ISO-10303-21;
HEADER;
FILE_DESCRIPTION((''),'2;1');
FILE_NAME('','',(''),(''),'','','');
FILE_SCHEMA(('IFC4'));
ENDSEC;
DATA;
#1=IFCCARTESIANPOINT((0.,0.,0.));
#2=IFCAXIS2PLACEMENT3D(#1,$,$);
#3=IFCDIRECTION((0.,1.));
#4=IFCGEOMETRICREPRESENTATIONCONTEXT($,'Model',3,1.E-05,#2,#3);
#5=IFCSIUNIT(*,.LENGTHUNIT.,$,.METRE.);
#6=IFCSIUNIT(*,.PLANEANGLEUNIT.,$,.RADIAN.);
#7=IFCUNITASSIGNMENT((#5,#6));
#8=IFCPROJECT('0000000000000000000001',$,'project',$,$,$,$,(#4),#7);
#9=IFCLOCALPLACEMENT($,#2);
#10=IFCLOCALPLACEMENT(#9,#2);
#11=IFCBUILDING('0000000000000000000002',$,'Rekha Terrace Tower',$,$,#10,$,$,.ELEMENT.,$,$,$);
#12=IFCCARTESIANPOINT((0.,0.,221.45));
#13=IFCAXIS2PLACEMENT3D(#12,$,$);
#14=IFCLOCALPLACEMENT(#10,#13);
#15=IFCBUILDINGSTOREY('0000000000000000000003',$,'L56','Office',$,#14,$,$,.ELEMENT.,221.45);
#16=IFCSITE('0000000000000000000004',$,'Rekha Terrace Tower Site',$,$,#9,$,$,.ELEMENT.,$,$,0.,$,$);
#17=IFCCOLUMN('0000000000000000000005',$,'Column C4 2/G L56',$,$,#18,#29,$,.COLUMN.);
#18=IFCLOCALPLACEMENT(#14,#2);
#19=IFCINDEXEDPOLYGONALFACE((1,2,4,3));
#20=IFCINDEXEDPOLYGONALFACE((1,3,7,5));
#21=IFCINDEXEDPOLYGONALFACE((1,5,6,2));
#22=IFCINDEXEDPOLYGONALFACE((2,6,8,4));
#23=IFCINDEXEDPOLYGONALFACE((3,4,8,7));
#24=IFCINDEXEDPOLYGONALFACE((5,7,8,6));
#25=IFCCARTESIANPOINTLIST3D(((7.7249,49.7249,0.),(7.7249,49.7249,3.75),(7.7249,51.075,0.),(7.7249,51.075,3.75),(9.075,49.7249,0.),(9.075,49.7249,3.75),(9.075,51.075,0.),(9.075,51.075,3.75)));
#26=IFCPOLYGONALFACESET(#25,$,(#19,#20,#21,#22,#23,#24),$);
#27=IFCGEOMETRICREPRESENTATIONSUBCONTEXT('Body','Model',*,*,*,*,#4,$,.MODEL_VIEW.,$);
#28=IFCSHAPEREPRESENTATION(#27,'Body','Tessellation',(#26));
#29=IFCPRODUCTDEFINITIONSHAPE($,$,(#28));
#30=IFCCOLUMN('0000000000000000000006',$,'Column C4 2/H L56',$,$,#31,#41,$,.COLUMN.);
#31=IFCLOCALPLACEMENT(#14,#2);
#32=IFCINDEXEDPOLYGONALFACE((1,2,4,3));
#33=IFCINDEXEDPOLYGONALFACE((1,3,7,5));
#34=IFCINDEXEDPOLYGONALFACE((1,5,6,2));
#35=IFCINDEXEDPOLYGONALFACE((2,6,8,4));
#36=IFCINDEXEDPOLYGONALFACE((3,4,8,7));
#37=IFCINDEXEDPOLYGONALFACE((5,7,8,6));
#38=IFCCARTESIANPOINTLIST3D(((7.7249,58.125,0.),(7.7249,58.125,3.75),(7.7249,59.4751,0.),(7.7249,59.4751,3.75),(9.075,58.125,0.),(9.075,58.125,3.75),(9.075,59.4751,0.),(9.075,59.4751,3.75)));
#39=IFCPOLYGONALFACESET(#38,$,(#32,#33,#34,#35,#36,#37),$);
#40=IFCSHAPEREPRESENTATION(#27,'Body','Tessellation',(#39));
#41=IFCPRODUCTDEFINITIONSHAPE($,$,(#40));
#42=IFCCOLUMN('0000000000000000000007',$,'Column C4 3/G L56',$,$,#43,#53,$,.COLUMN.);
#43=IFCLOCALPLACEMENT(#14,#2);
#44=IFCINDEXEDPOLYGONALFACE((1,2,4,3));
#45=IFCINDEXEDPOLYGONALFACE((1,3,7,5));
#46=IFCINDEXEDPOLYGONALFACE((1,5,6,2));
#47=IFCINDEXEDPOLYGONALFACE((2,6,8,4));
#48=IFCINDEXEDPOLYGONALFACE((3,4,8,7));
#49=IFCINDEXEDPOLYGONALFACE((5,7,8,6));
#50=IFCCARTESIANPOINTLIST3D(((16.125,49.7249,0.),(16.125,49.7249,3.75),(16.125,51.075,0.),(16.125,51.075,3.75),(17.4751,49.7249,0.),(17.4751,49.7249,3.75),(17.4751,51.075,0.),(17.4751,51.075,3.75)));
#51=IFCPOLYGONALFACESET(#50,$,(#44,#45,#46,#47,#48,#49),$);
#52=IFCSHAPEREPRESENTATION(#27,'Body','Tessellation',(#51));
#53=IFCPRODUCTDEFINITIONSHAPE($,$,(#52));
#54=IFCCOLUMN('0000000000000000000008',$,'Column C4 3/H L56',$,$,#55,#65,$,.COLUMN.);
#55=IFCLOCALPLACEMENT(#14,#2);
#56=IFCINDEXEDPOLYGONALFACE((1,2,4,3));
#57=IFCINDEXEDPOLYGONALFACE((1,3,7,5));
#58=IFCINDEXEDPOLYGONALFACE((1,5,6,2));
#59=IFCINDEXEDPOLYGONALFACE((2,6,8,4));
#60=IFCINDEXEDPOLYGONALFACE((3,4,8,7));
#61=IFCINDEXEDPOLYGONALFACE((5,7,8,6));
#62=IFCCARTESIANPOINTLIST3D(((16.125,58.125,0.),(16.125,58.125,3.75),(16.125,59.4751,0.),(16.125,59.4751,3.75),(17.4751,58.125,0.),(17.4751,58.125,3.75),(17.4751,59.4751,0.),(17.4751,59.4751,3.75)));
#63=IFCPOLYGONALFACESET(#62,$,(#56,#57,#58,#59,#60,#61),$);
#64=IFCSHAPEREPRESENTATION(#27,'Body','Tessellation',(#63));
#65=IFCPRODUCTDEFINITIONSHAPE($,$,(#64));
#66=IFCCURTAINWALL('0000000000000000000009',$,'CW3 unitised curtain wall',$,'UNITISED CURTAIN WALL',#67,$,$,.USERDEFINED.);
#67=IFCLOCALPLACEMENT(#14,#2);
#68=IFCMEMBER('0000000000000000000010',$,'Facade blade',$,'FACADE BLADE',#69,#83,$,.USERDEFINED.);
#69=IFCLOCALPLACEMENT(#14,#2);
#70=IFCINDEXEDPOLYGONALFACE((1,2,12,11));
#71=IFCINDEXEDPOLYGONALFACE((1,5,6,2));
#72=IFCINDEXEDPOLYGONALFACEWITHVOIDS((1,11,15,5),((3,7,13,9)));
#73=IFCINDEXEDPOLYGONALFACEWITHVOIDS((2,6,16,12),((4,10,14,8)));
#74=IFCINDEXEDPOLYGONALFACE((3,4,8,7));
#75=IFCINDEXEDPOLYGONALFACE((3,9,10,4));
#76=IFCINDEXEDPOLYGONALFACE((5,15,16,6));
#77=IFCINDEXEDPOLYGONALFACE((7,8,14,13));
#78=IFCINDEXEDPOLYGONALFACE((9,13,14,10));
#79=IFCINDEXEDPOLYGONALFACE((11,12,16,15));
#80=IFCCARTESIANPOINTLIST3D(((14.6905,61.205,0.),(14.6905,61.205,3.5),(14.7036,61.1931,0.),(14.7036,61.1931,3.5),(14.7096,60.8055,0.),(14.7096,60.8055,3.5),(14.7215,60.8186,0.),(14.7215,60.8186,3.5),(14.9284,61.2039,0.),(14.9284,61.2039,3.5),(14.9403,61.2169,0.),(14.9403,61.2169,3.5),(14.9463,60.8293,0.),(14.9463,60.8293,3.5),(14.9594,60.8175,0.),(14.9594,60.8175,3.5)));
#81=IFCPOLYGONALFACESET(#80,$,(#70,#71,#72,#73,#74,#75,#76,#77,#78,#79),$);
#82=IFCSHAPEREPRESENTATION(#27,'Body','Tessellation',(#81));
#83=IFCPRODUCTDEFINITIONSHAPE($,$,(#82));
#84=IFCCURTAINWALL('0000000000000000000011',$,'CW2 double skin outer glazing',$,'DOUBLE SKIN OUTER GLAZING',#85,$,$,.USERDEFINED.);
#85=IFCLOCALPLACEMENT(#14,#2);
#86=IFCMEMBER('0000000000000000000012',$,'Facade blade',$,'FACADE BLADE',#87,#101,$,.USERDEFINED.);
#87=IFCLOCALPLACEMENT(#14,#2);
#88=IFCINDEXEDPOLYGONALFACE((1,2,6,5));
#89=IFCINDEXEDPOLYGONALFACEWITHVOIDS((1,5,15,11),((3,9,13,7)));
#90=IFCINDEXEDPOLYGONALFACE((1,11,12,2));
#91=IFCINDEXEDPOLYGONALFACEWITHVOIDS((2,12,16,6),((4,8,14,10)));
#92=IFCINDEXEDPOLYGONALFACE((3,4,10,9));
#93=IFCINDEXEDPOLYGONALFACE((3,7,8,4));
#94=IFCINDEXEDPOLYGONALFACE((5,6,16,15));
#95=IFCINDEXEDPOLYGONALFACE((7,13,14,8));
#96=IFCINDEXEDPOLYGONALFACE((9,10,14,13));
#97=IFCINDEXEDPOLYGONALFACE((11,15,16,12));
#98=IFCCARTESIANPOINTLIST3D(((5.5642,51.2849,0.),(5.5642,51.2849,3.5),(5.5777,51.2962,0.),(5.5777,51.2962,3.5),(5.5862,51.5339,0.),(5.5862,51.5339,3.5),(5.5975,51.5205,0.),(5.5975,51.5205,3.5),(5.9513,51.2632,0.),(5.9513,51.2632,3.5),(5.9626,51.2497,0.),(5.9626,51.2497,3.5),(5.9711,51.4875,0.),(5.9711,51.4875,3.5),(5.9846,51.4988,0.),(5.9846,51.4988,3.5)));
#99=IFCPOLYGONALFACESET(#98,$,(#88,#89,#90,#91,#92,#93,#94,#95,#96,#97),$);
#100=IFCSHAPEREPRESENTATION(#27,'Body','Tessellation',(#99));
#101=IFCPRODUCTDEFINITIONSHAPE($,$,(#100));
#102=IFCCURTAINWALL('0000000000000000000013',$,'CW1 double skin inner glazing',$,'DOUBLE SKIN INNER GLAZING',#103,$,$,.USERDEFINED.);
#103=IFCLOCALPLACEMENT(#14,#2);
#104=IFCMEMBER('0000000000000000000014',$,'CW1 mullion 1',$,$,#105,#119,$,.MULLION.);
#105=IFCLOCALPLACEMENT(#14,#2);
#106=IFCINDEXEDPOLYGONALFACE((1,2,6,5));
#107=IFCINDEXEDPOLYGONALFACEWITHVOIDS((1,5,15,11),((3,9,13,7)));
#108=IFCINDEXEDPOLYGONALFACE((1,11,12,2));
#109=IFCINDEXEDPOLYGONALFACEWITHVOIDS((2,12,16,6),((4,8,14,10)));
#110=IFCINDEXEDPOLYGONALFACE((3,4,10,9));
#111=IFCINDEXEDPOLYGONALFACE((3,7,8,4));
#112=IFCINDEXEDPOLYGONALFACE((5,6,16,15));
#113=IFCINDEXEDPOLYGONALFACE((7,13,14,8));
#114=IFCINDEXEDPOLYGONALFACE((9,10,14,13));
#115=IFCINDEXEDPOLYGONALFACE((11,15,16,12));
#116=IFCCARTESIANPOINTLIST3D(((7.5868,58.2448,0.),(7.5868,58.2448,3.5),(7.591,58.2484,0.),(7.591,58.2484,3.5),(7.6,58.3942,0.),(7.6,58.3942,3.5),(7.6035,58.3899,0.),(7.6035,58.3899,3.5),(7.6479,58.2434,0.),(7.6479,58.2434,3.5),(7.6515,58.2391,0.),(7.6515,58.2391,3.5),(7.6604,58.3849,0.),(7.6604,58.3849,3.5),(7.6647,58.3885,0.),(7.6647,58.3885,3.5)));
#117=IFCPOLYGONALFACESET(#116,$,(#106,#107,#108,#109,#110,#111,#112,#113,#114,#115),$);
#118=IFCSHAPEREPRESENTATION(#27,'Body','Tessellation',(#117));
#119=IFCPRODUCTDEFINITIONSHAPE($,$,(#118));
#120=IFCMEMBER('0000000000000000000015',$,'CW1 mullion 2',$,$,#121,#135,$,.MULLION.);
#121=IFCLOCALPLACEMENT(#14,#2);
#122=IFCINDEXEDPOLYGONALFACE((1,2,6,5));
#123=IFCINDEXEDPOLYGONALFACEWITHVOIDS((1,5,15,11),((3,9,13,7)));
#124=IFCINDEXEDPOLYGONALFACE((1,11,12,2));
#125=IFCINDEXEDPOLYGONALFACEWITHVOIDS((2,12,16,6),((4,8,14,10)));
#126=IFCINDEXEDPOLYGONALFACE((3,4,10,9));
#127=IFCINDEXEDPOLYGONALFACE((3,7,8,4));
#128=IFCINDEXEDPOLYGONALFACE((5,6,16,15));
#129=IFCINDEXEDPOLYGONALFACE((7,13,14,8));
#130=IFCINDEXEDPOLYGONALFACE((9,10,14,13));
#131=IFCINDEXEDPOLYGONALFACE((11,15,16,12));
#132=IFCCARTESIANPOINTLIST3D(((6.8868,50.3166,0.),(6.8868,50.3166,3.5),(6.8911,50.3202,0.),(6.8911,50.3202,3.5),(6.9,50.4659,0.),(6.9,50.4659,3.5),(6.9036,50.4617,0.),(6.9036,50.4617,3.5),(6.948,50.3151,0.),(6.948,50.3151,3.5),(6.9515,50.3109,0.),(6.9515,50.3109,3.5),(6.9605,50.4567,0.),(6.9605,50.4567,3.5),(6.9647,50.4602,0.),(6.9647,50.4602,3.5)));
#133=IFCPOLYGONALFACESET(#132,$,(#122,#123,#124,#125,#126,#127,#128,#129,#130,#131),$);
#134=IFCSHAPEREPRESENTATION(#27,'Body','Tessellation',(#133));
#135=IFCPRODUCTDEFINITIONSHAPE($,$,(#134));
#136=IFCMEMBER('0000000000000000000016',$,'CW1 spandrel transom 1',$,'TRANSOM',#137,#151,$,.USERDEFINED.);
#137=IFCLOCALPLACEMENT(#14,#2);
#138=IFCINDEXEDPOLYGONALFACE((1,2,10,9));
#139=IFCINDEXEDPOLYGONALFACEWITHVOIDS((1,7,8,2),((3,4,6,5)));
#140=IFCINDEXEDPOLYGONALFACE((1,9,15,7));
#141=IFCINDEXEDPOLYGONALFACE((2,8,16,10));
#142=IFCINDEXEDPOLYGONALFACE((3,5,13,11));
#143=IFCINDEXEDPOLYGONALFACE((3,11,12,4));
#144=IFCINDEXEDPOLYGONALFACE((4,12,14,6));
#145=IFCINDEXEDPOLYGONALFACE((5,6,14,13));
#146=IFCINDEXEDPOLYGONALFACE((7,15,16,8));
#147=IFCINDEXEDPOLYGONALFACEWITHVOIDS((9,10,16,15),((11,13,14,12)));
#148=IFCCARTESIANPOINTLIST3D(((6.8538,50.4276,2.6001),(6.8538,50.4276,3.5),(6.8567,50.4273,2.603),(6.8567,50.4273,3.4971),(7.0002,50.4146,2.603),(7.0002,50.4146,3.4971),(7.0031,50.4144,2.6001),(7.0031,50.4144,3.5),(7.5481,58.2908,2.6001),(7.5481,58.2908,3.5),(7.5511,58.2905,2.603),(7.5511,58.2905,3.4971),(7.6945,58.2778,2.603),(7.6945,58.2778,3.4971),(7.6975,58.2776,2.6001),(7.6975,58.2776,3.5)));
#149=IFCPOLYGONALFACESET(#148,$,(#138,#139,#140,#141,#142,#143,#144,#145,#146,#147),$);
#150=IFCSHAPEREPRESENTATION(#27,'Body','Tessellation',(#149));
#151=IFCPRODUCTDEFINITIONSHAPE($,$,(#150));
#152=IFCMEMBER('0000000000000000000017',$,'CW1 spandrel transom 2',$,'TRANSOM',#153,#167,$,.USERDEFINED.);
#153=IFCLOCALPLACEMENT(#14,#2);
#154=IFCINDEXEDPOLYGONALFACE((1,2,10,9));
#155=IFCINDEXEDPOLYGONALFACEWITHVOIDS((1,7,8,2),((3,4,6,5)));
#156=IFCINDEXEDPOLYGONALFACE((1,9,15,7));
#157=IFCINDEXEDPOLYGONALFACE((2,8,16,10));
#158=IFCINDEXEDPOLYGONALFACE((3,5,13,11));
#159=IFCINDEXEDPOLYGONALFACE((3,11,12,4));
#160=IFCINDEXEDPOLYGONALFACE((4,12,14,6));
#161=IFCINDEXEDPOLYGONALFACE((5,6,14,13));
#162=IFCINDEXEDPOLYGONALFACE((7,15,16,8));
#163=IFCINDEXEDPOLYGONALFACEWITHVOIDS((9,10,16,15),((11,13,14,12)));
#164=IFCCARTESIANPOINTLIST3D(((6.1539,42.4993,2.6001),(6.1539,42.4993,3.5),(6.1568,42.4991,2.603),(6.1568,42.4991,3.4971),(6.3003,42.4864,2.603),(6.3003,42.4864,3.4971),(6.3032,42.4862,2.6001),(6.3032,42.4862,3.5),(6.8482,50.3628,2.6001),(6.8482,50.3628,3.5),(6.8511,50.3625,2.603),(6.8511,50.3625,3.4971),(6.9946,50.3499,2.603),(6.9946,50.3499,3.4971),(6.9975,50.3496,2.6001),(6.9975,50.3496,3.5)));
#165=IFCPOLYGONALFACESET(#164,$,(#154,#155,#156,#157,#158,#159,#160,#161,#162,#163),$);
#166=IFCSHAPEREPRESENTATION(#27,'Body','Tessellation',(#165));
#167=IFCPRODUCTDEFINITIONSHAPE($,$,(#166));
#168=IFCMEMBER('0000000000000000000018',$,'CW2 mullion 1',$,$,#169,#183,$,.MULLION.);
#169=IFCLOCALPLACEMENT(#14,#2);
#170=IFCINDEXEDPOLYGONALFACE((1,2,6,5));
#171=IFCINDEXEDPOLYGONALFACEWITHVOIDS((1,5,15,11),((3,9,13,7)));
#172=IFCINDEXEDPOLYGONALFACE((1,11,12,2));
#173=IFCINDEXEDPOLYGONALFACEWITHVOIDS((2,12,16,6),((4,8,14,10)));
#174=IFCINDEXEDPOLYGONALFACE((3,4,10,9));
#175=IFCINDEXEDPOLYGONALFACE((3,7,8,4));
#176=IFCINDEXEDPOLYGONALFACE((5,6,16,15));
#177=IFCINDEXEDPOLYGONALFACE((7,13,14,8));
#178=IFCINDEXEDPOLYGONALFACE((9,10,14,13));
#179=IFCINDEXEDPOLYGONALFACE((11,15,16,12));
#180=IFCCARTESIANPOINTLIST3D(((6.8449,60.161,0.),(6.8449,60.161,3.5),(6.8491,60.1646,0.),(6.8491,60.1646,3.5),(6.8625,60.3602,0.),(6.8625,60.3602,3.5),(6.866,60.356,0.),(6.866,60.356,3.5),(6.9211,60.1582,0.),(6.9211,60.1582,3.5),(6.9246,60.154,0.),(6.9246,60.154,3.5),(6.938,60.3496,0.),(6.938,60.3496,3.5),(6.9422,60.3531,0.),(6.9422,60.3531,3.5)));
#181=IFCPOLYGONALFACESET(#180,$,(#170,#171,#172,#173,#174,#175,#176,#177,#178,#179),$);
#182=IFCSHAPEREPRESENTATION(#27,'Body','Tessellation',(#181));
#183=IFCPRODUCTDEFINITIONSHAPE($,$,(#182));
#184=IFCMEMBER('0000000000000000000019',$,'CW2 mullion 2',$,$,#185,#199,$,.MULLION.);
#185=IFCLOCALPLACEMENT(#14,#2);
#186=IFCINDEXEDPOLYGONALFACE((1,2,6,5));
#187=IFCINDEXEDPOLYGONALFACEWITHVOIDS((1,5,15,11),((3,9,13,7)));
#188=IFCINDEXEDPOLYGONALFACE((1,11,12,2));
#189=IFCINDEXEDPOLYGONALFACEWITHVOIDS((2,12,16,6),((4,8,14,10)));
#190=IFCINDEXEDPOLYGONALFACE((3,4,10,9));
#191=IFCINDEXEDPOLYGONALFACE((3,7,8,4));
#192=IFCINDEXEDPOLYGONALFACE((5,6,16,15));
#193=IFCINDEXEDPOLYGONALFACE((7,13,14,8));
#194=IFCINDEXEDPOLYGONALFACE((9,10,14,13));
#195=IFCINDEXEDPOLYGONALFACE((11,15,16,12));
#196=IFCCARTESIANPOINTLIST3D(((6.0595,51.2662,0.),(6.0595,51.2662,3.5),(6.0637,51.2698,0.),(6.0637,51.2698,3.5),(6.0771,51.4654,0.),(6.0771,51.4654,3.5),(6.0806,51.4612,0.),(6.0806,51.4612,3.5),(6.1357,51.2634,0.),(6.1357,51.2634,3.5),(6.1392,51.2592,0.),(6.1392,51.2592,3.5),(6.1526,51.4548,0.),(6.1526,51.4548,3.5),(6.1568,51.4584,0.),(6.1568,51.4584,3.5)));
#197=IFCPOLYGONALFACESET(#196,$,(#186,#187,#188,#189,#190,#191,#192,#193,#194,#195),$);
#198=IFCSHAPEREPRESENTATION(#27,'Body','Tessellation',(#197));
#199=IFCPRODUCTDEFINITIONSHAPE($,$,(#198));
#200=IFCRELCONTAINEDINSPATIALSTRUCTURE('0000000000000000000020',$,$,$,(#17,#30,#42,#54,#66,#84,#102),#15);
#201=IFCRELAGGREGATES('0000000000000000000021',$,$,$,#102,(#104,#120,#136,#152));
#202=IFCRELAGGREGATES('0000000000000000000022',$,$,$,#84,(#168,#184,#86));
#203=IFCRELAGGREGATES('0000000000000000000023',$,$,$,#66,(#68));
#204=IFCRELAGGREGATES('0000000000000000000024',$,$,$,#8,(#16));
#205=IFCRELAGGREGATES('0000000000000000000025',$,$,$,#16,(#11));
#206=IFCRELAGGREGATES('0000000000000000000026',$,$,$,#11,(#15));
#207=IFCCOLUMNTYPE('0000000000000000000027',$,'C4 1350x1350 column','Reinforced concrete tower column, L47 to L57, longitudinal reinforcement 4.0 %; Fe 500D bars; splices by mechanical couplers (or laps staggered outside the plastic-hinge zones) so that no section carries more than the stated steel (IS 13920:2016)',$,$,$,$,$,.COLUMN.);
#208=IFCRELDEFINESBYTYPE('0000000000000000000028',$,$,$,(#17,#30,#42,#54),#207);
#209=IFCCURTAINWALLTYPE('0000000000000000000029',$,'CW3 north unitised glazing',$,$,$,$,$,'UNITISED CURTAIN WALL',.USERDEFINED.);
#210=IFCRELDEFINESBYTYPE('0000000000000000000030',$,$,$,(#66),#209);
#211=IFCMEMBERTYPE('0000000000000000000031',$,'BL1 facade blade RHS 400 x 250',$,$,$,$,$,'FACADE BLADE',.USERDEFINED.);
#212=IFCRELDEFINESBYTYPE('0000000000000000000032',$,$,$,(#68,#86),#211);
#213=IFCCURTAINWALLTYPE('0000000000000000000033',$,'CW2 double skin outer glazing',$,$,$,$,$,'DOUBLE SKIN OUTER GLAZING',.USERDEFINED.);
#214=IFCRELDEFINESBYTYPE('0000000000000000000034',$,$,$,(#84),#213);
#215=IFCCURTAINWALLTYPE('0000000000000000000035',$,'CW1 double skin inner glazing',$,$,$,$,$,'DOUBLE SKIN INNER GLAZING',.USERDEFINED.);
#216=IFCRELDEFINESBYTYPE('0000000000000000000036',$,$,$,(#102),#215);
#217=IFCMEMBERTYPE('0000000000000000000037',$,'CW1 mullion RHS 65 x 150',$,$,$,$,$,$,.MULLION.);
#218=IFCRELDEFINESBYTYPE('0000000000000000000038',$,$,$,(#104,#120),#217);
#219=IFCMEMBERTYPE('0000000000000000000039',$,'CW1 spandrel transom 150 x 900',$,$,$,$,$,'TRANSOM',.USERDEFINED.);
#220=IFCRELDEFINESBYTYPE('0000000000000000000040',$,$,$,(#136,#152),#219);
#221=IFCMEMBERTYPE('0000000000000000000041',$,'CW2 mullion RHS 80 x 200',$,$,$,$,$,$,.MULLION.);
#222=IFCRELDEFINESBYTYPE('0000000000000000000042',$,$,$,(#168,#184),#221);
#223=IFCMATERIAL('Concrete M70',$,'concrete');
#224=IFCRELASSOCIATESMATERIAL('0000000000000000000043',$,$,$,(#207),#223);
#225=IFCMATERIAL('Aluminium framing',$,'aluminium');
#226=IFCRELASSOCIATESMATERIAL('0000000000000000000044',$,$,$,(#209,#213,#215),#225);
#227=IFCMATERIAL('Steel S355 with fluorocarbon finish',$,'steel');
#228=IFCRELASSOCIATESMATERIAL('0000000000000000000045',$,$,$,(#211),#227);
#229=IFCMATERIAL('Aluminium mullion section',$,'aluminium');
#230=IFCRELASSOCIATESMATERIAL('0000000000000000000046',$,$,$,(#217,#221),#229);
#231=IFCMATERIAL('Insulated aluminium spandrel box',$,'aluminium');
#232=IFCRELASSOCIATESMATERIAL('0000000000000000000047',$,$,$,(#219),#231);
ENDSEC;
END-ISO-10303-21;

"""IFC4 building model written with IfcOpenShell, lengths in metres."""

from ifc_helpers import new_model, si_unit, direction, frame, origin, origin_2d, place, context, subcontext, project, spatial, rectangle, hollow_rectangle, extrude, material, material_profile, profile_set, type_object, element, aggregate, save


model = new_model("IFC4")

# Units and contexts
model_context = context("Model", 3, precision=1e-05, world=origin(), true_north=direction((0.0, 1.0)))
body_context = subcontext(model_context, "Body", "Model", "MODEL_VIEW")
ifc_project = project(units=[si_unit("LENGTHUNIT", "METRE"), si_unit("PLANEANGLEUNIT", "RADIAN")], contexts=[model_context])

# Site, building, storey
site_placement = place(None, origin())
site = spatial("IfcSite", under=ifc_project, at=site_placement, Name="Rekha Terrace Tower Site", CompositionType="ELEMENT", RefElevation=0.0)
building_placement = place(site_placement, origin())
building = spatial("IfcBuilding", under=site, at=building_placement, Name="Rekha Terrace Tower", CompositionType="ELEMENT")
storey_placement = place(building_placement, frame((0.0, 0.0, 221.45)))
storey = spatial("IfcBuildingStorey", under=building, at=storey_placement, Name="L56", Description="Office", CompositionType="ELEMENT", Elevation=221.45)

# Columns
ifc_material_1 = material(Name="Concrete M70", Category="concrete")
ifc_material_profile_1 = material_profile(ifc_material_1, rectangle(XDim=1.3501, YDim=1.3501, at=origin_2d()), Name="RC 1350x1350")
ifc_profile_set_1 = profile_set([ifc_material_profile_1], Name="Concrete M70")
column_type = type_object("IfcColumnType", Name="C4 1350x1350 column", Description="Reinforced concrete tower column, L47 to L57, longitudinal reinforcement 4.0 %; Fe 500D bars; splices by mechanical couplers (or laps staggered outside the plastic-hinge zones) so that no section carries more than the stated steel (IS 13920:2016)", PredefinedType="COLUMN", material=ifc_profile_set_1)
for number, where, z_axis, x_axis, name in (
    (1, (8.3999, 50.3999, 0.0), (0.0, 0.0, 1.0), (1.0, 0.0, 0.0), "Column C4 2/G L56"),
    (2, (8.3999, 58.8, 0.0), (0.0, 0.0, 1.0), (1.0, 0.0, 0.0), "Column C4 2/H L56"),
    (3, (16.8, 50.3999, 0.0), (0.0, 0.0, 1.0), (1.0, 0.0, 0.0), "Column C4 3/G L56"),
    (4, (16.8, 58.8, 0.0), (0.0, 0.0, 1.0), (1.0, 0.0, 0.0), "Column C4 3/H L56"),
):
    element("IfcColumn", number, at=place(storey_placement, frame(where, z_axis=z_axis, x_axis=x_axis)), inside=storey, type_object=column_type, Name=name, PredefinedType="COLUMN", context=body_context, shape_type="SweptSolid", body=[
        extrude(rectangle(XDim=1.3501, YDim=1.3501, at=origin_2d()), origin(), (0.0, 0.0, 1.0), 3.75),
    ])

# Curtain walls, members
ifc_material_2 = material(Name="Aluminium framing", Category="aluminium")
curtain_wall_type_1 = type_object("IfcCurtainWallType", Name="CW3 north unitised glazing", ElementType="UNITISED CURTAIN WALL", PredefinedType="USERDEFINED", material=ifc_material_2)
curtain_wall_1_placement = place(storey_placement, origin())
curtain_wall_1 = element("IfcCurtainWall", 5, at=curtain_wall_1_placement, inside=storey, type_object=curtain_wall_type_1, Name="CW3 unitised curtain wall", ObjectType="UNITISED CURTAIN WALL", PredefinedType="USERDEFINED")
ifc_material_3 = material(Name="Steel S355 with fluorocarbon finish", Category="steel")
ifc_material_profile_2 = material_profile(ifc_material_3, hollow_rectangle(XDim=0.25, YDim=0.3999, WallThickness=0.0125, at=origin_2d()), Name="RHS400x250x12.5")
ifc_profile_set_2 = profile_set([ifc_material_profile_2], Name="Steel S355 with fluorocarbon finish")
member_type_1 = type_object("IfcMemberType", Name="BL1 facade blade RHS 400 x 250", ElementType="FACADE BLADE", PredefinedType="USERDEFINED", material=ifc_profile_set_2)
member_1_placement = place(storey_placement, frame((14.825, 61.0112, 0.0), z_axis=(0.0, 0.0, 1.0), x_axis=(-0.998859, -0.047758, 0.0)))
member_1 = element("IfcMember", 6, at=member_1_placement, type_object=member_type_1, Name="Facade blade", ObjectType="FACADE BLADE", PredefinedType="USERDEFINED", context=body_context, shape_type="SweptSolid", body=[
    extrude(hollow_rectangle(XDim=0.25, YDim=0.3999, WallThickness=0.0125, at=origin_2d()), origin(), (0.0, 0.0, 1.0), 3.5),
])
curtain_wall_type_2 = type_object("IfcCurtainWallType", Name="CW2 double skin outer glazing", ElementType="DOUBLE SKIN OUTER GLAZING", PredefinedType="USERDEFINED", material=ifc_material_2)
curtain_wall_2_placement = place(storey_placement, origin())
curtain_wall_2 = element("IfcCurtainWall", 7, at=curtain_wall_2_placement, inside=storey, type_object=curtain_wall_type_2, Name="CW2 double skin outer glazing", ObjectType="DOUBLE SKIN OUTER GLAZING", PredefinedType="USERDEFINED")
member_2_placement = place(storey_placement, frame((5.7744, 51.3918, 0.0), z_axis=(0.0, 0.0, 1.0), x_axis=(-0.087957, -0.996124, 0.0)))
member_2 = element("IfcMember", 8, at=member_2_placement, type_object=member_type_1, Name="Facade blade", ObjectType="FACADE BLADE", PredefinedType="USERDEFINED", context=body_context, shape_type="SweptSolid", body=[
    extrude(hollow_rectangle(XDim=0.25, YDim=0.3999, WallThickness=0.0125, at=origin_2d()), origin(), (0.0, 0.0, 1.0), 3.5),
])

# Curtain wall, members
curtain_wall_type_3 = type_object("IfcCurtainWallType", Name="CW1 double skin inner glazing", ElementType="DOUBLE SKIN INNER GLAZING", PredefinedType="USERDEFINED", material=ifc_material_2)
curtain_wall_3_placement = place(storey_placement, origin())
curtain_wall_3 = element("IfcCurtainWall", 9, at=curtain_wall_3_placement, inside=storey, type_object=curtain_wall_type_3, Name="CW1 double skin inner glazing", ObjectType="DOUBLE SKIN INNER GLAZING", PredefinedType="USERDEFINED")
ifc_material_4 = material(Name="Aluminium mullion section", Category="aluminium")
ifc_material_profile_3 = material_profile(ifc_material_4, hollow_rectangle(XDim=0.0649, YDim=0.1499, WallThickness=0.0039, at=origin_2d()), Name="AL RHS 65x150")
ifc_profile_set_3 = profile_set([ifc_material_profile_3], Name="Aluminium mullion section")
member_type_2 = type_object("IfcMemberType", Name="CW1 mullion RHS 65 x 150", PredefinedType="MULLION", material=ifc_profile_set_3)
member_3_placement = place(storey_placement, frame((7.6257, 58.3167, 0.0), z_axis=(0.0, 0.0, 1.0), x_axis=(0.996124, -0.087958, 0.0)))
member_3 = element("IfcMember", 10, at=member_3_placement, type_object=member_type_2, Name="CW1 mullion 1", PredefinedType="MULLION", context=body_context, shape_type="SweptSolid", body=[
    extrude(hollow_rectangle(XDim=0.0649, YDim=0.1499, WallThickness=0.0039, at=origin_2d()), origin(), (0.0, 0.0, 1.0), 3.5),
])
member_4_placement = place(storey_placement, frame((6.9258, 50.3884, 0.0), z_axis=(0.0, 0.0, 1.0), x_axis=(0.996124, -0.087958, 0.0)))
member_4 = element("IfcMember", 11, at=member_4_placement, type_object=member_type_2, Name="CW1 mullion 2", PredefinedType="MULLION", context=body_context, shape_type="SweptSolid", body=[
    extrude(hollow_rectangle(XDim=0.0649, YDim=0.1499, WallThickness=0.0039, at=origin_2d()), origin(), (0.0, 0.0, 1.0), 3.5),
])
ifc_material_5 = material(Name="Insulated aluminium spandrel box", Category="aluminium")
ifc_material_profile_4 = material_profile(ifc_material_5, hollow_rectangle(XDim=0.1499, YDim=0.8999, WallThickness=0.0029, at=origin_2d()), Name="AL SPANDREL BOX 150x900")
ifc_profile_set_4 = profile_set([ifc_material_profile_4], Name="Insulated aluminium spandrel box")
member_type_3 = type_object("IfcMemberType", Name="CW1 spandrel transom 150 x 900", ElementType="TRANSOM", PredefinedType="USERDEFINED", material=ifc_profile_set_4)
member_5_placement = place(storey_placement, frame((7.6228, 58.2842, 3.05), z_axis=(-0.087959, -0.996124, 0.0), x_axis=(0.996124, -0.087959, 0.0)))
member_5 = element("IfcMember", 12, at=member_5_placement, type_object=member_type_3, Name="CW1 spandrel transom 1", ObjectType="TRANSOM", PredefinedType="USERDEFINED", context=body_context, shape_type="SweptSolid", body=[
    extrude(hollow_rectangle(XDim=0.1499, YDim=0.8999, WallThickness=0.0029, at=origin_2d()), origin(), (0.0, 0.0, 1.0), 7.8938),
])
member_6_placement = place(storey_placement, frame((6.9229, 50.3562, 3.05), z_axis=(-0.087956, -0.996124, 0.0), x_axis=(0.996124, -0.087956, 0.0)))
member_6 = element("IfcMember", 13, at=member_6_placement, type_object=member_type_3, Name="CW1 spandrel transom 2", ObjectType="TRANSOM", PredefinedType="USERDEFINED", context=body_context, shape_type="SweptSolid", body=[
    extrude(hollow_rectangle(XDim=0.1499, YDim=0.8999, WallThickness=0.0029, at=origin_2d()), origin(), (0.0, 0.0, 1.0), 7.894),
])

# Members
ifc_material_profile_5 = material_profile(ifc_material_4, hollow_rectangle(XDim=0.0801, YDim=0.2, WallThickness=0.0039, at=origin_2d()), Name="AL RHS 80x200")
ifc_profile_set_5 = profile_set([ifc_material_profile_5], Name="Aluminium mullion section")
member_type_4 = type_object("IfcMemberType", Name="CW2 mullion RHS 80 x 200", PredefinedType="MULLION", material=ifc_profile_set_5)
member_7_placement = place(storey_placement, frame((6.8936, 60.2571, 0.0), z_axis=(0.0, 0.0, 1.0), x_axis=(0.996124, -0.087958, 0.0)))
member_7 = element("IfcMember", 14, at=member_7_placement, type_object=member_type_4, Name="CW2 mullion 1", PredefinedType="MULLION", context=body_context, shape_type="SweptSolid", body=[
    extrude(hollow_rectangle(XDim=0.0801, YDim=0.2, WallThickness=0.0039, at=origin_2d()), origin(), (0.0, 0.0, 1.0), 3.5),
])
member_8_placement = place(storey_placement, frame((6.1082, 51.3623, 0.0), z_axis=(0.0, 0.0, 1.0), x_axis=(0.996124, -0.087958, 0.0)))
member_8 = element("IfcMember", 15, at=member_8_placement, type_object=member_type_4, Name="CW2 mullion 2", PredefinedType="MULLION", context=body_context, shape_type="SweptSolid", body=[
    extrude(hollow_rectangle(XDim=0.0801, YDim=0.2, WallThickness=0.0039, at=origin_2d()), origin(), (0.0, 0.0, 1.0), 3.5),
])

aggregate(curtain_wall_3, [member_3, member_4, member_5, member_6])
aggregate(curtain_wall_2, [member_7, member_8, member_2])
aggregate(curtain_wall_1, [member_1])

save(model, "model.ifc")
